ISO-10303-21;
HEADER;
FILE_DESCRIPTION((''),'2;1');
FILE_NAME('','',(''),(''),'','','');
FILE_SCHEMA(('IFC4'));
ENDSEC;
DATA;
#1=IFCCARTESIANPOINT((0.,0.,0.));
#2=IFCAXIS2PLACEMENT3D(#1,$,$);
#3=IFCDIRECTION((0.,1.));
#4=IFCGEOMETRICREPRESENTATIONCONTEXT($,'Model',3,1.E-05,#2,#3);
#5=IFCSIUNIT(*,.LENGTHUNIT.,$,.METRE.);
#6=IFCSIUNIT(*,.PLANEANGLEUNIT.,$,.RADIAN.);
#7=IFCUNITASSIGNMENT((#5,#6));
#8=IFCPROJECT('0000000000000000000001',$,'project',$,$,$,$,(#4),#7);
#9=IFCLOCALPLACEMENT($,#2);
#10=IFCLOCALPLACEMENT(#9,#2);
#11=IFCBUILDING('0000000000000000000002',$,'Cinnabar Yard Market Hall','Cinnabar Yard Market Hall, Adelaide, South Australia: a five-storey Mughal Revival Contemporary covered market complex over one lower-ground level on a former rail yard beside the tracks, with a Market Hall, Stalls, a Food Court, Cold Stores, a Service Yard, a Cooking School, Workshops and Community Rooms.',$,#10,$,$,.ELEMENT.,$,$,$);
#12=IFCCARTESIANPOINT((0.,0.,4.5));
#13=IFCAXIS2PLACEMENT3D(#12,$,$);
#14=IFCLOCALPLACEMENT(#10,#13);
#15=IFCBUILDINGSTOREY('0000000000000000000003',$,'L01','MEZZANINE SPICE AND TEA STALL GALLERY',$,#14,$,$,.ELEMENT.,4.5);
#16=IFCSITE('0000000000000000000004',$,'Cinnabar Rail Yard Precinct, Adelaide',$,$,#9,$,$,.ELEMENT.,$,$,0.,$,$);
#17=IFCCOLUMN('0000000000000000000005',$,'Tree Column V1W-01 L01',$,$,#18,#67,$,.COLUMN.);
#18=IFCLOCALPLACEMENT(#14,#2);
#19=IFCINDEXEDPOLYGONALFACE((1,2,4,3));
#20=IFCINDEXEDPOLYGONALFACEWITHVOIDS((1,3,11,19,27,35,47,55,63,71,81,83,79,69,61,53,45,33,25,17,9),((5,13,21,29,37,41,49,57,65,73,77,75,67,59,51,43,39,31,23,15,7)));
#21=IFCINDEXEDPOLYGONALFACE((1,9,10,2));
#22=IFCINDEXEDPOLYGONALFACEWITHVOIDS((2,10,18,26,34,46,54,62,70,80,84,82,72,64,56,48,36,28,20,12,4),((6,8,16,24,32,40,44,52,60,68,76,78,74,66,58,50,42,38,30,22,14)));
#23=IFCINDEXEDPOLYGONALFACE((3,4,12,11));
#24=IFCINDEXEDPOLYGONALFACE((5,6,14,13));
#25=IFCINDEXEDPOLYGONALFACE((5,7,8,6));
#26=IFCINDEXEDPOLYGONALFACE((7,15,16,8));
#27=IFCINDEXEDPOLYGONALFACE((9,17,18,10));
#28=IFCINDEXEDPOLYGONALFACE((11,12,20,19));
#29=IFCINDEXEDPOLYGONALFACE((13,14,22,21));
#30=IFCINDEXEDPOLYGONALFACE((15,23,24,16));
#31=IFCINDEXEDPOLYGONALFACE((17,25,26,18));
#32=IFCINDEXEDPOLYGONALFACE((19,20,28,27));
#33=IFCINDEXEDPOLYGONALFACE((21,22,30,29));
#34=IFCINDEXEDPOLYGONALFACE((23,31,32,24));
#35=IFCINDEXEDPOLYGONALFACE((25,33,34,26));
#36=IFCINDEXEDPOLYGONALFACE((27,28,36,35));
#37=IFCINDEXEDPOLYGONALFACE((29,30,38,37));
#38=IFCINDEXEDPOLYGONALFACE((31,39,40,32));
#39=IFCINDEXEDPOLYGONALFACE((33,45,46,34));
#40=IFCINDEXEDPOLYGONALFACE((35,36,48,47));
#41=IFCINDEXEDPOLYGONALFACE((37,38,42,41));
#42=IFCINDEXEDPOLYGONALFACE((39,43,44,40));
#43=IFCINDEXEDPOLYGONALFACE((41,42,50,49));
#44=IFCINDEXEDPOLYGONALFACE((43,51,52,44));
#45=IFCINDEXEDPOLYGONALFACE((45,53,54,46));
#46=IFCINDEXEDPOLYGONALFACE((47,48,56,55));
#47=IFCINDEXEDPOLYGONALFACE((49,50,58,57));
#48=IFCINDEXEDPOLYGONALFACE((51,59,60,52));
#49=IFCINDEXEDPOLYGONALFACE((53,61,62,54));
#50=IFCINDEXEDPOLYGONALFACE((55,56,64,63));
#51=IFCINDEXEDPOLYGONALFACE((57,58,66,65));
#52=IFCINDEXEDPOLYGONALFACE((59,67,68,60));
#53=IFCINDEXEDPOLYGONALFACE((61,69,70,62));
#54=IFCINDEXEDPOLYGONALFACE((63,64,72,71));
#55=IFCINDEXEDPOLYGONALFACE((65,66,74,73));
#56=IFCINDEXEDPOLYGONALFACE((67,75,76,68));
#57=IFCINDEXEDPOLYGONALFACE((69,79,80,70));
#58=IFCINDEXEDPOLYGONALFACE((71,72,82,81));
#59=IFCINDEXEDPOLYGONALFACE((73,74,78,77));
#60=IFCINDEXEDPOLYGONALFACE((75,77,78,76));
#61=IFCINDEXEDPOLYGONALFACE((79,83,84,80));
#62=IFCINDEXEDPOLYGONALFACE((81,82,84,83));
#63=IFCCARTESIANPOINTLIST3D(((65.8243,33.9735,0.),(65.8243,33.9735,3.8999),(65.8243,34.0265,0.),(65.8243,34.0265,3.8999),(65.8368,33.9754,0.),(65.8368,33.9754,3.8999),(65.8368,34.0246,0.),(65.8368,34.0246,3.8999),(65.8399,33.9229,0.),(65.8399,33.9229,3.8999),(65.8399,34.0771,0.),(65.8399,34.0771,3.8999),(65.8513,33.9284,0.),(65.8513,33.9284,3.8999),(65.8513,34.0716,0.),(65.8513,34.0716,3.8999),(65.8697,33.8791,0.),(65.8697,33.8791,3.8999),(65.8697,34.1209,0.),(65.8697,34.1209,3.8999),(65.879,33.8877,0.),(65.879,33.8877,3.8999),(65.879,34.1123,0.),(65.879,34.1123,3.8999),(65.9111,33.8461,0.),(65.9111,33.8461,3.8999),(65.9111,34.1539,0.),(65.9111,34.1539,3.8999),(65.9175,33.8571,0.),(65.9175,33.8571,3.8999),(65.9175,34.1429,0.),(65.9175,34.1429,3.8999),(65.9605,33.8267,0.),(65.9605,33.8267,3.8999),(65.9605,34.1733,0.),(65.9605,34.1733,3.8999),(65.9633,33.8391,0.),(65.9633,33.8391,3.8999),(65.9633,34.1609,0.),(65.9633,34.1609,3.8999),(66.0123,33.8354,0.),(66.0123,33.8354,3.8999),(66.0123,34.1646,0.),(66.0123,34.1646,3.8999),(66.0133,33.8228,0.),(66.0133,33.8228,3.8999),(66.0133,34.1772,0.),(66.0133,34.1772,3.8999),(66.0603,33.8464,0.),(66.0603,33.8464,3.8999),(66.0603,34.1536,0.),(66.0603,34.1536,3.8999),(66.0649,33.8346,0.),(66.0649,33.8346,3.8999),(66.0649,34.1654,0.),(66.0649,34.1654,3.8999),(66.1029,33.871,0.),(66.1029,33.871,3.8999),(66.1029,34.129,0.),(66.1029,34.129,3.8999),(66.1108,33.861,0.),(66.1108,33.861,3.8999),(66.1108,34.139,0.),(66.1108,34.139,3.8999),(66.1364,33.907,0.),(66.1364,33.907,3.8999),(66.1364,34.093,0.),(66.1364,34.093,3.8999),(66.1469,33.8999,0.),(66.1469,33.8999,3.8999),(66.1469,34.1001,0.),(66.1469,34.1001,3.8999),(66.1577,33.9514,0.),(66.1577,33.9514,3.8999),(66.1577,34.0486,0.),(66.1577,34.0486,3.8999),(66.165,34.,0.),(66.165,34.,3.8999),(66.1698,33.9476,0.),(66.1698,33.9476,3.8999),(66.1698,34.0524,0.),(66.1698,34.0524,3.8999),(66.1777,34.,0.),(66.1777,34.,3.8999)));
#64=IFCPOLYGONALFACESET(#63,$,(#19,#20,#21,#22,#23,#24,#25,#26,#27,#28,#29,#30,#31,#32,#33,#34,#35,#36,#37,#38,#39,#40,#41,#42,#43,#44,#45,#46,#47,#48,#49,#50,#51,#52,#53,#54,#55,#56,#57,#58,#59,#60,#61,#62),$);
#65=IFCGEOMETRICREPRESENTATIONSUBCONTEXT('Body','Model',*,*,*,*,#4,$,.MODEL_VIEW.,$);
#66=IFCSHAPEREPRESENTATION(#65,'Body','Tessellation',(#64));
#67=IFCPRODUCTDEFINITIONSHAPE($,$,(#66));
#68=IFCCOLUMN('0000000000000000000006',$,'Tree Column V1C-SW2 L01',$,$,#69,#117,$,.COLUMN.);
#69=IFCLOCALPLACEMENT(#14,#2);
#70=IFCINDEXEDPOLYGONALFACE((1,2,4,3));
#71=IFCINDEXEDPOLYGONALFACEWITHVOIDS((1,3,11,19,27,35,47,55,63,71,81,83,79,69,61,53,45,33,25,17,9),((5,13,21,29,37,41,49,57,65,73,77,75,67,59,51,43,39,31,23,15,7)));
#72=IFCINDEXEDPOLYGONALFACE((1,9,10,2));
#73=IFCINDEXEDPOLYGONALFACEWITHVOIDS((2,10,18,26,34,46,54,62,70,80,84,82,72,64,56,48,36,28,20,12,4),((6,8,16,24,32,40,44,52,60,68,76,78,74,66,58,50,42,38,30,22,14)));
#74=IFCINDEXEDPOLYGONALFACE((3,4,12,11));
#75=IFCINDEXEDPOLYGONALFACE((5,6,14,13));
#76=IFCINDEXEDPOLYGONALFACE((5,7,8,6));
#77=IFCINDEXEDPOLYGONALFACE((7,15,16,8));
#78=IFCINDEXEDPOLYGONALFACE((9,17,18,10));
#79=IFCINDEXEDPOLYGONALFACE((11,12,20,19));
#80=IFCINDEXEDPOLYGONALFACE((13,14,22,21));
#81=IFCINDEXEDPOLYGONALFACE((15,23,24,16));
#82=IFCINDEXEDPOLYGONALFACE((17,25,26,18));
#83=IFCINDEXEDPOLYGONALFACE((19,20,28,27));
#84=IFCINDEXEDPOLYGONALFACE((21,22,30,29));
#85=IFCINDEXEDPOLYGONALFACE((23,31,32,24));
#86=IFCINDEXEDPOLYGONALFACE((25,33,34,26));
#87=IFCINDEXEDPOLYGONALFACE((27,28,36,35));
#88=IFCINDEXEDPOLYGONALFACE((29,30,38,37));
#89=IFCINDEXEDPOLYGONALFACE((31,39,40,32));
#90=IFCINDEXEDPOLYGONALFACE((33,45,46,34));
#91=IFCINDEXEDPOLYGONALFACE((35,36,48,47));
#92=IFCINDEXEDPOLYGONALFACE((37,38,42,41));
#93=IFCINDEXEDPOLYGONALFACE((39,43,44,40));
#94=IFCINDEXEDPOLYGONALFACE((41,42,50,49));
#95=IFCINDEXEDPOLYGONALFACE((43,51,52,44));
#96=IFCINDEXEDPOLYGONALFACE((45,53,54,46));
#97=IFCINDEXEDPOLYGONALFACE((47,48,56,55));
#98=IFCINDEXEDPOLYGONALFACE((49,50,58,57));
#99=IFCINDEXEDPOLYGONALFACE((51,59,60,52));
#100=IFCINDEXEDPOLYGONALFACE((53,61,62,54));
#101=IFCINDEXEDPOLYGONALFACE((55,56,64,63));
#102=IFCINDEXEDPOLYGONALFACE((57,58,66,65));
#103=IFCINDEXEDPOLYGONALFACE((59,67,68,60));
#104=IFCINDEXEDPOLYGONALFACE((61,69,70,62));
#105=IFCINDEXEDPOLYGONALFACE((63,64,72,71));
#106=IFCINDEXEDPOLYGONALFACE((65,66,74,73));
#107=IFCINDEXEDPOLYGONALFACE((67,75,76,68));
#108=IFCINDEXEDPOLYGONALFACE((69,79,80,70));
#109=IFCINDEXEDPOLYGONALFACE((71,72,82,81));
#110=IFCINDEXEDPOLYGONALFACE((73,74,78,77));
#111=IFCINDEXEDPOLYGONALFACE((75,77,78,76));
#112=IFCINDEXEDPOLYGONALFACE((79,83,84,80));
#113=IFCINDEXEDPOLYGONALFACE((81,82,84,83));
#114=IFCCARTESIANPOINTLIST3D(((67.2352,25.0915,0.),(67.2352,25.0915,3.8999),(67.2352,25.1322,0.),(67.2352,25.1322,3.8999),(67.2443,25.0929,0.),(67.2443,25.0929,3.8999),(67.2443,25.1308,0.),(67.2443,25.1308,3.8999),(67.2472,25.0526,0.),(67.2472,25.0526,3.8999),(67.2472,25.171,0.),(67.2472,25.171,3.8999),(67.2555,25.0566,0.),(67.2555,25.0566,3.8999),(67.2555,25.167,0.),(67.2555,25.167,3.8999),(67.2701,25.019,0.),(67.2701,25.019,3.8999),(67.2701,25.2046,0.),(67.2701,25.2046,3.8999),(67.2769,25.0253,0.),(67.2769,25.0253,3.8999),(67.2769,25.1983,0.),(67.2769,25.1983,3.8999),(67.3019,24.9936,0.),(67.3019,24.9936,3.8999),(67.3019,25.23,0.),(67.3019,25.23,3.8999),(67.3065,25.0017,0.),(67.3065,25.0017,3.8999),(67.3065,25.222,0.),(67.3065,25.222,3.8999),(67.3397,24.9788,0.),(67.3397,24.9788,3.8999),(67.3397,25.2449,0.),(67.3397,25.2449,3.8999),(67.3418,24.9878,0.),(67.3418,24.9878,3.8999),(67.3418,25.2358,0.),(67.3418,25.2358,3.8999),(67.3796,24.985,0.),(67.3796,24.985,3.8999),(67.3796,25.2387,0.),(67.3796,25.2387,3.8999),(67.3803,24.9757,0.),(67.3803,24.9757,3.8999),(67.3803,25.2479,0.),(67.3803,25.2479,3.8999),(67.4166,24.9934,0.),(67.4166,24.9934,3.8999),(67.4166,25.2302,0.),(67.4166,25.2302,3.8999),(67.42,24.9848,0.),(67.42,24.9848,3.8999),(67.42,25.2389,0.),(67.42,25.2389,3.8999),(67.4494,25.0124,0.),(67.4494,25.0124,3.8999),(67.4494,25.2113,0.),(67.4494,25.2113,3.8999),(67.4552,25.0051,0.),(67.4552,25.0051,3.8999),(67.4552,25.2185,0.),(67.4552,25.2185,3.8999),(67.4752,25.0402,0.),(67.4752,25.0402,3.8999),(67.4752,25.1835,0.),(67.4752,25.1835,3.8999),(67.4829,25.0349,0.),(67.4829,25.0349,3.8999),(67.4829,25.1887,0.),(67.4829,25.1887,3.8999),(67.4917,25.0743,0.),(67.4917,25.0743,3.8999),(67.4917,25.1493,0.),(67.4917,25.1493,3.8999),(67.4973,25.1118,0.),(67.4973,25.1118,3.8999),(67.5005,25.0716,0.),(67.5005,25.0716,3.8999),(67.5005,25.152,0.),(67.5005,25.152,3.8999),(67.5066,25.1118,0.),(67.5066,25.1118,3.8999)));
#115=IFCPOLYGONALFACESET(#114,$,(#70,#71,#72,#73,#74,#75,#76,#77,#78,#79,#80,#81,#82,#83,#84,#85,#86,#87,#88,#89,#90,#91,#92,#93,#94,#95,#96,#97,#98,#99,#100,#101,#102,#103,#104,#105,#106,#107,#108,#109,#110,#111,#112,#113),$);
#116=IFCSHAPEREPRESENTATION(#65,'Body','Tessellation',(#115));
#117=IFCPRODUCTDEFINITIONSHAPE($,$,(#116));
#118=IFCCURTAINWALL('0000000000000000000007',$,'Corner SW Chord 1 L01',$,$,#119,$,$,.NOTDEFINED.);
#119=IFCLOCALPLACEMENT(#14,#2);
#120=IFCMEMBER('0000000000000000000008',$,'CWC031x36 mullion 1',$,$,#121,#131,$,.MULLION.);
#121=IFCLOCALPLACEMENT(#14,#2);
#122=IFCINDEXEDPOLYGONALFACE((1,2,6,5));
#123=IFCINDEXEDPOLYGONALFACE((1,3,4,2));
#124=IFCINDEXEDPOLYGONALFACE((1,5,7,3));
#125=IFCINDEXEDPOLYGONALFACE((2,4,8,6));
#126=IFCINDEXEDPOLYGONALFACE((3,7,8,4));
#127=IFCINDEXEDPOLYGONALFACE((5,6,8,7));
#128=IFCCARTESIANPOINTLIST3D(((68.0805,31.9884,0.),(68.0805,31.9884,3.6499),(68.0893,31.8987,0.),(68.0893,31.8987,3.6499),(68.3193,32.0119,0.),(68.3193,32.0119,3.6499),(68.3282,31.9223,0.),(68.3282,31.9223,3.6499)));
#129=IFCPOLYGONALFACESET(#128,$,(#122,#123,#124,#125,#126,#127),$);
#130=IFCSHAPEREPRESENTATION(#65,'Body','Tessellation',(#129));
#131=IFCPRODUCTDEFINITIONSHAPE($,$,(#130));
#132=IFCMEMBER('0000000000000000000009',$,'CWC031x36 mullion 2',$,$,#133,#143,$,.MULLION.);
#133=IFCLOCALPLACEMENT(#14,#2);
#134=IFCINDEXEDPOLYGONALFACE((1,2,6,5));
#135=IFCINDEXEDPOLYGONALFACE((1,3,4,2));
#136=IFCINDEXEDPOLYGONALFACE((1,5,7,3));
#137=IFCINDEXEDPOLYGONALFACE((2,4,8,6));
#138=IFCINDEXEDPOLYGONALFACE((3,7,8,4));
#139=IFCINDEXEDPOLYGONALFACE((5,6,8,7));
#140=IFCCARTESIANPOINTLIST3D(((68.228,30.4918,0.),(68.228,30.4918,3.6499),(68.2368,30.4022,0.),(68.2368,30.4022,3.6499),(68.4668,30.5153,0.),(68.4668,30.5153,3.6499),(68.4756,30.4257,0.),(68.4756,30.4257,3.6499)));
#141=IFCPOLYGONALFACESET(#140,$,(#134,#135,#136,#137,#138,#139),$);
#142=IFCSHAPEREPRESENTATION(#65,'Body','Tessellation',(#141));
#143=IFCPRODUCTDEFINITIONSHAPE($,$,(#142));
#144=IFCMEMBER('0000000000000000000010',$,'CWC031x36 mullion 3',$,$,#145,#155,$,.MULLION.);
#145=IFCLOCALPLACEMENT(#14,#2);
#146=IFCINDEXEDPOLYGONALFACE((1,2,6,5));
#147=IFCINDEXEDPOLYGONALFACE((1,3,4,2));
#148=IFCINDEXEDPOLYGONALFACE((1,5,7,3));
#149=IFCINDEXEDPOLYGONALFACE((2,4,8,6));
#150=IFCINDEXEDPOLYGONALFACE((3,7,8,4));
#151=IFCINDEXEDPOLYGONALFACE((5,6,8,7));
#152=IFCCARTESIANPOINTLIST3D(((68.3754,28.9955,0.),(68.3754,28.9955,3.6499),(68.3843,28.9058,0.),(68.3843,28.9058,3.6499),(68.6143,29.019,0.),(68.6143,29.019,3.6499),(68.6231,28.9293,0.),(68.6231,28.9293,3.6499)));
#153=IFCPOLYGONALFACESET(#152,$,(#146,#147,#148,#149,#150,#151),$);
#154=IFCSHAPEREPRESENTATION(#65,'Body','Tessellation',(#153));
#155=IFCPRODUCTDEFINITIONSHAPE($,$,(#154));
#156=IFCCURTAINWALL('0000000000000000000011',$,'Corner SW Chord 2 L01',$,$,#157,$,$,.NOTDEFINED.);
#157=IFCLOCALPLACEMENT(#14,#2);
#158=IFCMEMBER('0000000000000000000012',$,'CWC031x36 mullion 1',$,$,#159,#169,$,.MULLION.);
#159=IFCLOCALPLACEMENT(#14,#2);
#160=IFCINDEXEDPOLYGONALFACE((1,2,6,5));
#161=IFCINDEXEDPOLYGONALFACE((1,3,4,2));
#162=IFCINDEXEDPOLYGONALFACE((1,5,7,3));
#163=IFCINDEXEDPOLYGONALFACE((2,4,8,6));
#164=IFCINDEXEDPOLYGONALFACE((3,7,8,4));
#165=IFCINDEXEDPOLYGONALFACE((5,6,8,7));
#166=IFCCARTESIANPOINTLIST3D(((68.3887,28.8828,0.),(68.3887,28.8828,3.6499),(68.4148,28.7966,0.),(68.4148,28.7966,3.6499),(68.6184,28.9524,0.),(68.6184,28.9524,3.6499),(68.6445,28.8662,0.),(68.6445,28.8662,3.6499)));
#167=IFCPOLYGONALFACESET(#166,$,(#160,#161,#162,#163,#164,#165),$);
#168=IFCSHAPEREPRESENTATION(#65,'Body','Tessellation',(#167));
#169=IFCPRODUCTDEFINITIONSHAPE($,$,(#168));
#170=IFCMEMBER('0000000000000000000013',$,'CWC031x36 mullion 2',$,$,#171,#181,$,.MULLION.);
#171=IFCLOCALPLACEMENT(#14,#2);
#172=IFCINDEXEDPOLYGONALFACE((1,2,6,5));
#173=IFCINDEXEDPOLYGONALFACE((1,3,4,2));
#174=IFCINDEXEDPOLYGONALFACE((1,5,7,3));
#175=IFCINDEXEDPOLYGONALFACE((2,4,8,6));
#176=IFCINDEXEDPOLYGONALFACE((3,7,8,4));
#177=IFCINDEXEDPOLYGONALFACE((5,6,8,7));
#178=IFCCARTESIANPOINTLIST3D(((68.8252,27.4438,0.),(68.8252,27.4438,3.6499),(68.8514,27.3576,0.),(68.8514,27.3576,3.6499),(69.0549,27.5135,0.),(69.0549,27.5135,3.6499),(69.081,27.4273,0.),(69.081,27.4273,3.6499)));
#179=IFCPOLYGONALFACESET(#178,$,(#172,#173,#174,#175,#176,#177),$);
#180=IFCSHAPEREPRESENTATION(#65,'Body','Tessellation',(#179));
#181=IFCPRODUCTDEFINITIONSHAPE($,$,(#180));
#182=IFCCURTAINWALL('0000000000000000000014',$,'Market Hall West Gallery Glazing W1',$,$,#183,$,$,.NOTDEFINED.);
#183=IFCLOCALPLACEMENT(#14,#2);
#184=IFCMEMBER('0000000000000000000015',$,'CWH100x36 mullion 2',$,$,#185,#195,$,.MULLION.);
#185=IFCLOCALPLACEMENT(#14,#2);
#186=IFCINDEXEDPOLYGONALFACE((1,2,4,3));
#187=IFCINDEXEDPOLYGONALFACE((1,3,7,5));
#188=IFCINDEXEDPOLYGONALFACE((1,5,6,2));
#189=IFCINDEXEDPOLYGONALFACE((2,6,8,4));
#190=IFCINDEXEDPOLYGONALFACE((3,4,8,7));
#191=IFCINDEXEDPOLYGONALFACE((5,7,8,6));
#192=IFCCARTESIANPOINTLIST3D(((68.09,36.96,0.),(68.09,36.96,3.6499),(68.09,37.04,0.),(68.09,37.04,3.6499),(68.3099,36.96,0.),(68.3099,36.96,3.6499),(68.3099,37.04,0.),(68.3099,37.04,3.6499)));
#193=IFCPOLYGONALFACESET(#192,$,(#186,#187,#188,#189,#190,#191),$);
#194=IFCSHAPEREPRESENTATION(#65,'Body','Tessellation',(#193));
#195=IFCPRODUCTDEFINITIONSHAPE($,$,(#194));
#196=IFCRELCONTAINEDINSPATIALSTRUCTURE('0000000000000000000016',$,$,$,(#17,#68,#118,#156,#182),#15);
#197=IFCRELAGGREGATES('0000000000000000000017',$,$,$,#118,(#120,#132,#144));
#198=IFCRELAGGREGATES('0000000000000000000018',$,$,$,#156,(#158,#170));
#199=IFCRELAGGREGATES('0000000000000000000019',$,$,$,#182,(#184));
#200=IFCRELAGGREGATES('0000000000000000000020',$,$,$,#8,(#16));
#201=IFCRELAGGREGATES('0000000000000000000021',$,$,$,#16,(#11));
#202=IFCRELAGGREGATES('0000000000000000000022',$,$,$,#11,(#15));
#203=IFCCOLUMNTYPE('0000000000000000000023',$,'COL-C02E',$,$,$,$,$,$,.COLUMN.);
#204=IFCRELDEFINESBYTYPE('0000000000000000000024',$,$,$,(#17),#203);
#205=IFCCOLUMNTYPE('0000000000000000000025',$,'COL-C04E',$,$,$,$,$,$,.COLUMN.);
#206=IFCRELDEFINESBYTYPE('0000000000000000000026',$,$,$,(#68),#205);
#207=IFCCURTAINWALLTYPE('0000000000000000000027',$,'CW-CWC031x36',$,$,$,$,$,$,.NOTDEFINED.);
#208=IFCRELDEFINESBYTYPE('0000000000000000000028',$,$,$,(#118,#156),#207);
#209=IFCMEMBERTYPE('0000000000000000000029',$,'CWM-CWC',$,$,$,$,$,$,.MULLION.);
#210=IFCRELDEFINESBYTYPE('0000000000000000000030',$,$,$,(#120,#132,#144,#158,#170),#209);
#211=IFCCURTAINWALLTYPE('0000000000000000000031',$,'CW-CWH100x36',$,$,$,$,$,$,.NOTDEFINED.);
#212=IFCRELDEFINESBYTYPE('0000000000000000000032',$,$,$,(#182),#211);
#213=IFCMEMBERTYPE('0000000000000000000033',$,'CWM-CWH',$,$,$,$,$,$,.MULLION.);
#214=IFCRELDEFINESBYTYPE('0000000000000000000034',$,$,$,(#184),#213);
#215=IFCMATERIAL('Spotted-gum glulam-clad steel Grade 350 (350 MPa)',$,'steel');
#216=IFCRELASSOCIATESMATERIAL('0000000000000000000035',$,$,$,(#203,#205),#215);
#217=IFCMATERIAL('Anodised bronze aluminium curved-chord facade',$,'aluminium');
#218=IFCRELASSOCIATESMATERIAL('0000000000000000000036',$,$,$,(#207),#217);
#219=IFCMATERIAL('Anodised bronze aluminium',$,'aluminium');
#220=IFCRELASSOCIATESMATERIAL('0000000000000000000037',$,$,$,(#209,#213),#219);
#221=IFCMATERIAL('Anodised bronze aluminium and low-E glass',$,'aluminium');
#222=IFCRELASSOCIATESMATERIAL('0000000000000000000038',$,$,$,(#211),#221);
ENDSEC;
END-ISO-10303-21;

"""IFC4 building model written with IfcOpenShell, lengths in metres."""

from ifc_helpers import new_model, si_unit, direction, frame, origin, origin_2d_with_axis, place, context, subcontext, project, spatial, rectangle, hollow_circle, extrude, material, material_profile, profile_set, type_object, element, aggregate, save


model = new_model("IFC4")

# Units and contexts
model_context = context("Model", 3, precision=1e-05, world=origin(), true_north=direction((0.0, 1.0)))
body_context = subcontext(model_context, "Body", "Model", "MODEL_VIEW")
ifc_project = project(units=[si_unit("LENGTHUNIT", "METRE"), si_unit("PLANEANGLEUNIT", "RADIAN")], contexts=[model_context])

# Site, building, storey
site_placement = place(None, origin())
site = spatial("IfcSite", under=ifc_project, at=site_placement, Name="Cinnabar Rail Yard Precinct, Adelaide", CompositionType="ELEMENT", RefElevation=0.0)
building_placement = place(site_placement, origin())
building = spatial("IfcBuilding", under=site, at=building_placement, Name="Cinnabar Yard Market Hall", Description="Cinnabar Yard Market Hall, Adelaide, South Australia: a five-storey Mughal Revival Contemporary covered market complex over one lower-ground level on a former rail yard beside the tracks, with a Market Hall, Stalls, a Food Court, Cold Stores, a Service Yard, a Cooking School, Workshops and Community Rooms.", CompositionType="ELEMENT")
storey_placement = place(building_placement, frame((0.0, 0.0, 4.5)))
storey = spatial("IfcBuildingStorey", under=building, at=storey_placement, Name="L01", Description="MEZZANINE SPICE AND TEA STALL GALLERY", CompositionType="ELEMENT", Elevation=4.5)

# Columns
ifc_material_1 = material(Name="Spotted-gum glulam-clad steel Grade 350 (350 MPa)", Category="steel")
ifc_material_profile_1 = material_profile(ifc_material_1, hollow_circle(Radius=0.1777, WallThickness=0.0127, at=origin_2d_with_axis()), Name="355.6x12.7CHS")
ifc_profile_set_1 = profile_set([ifc_material_profile_1], Name="Spotted-gum glulam-clad steel Grade 350 (350 MPa)")
column_type_1 = type_object("IfcColumnType", Name="COL-C02E", PredefinedType="COLUMN", material=ifc_profile_set_1)
column_1_placement = place(storey_placement, frame((66.0, 34.0, 0.0), z_axis=(0.0, 0.0, 1.0), x_axis=(1.0, 0.0, 0.0)))
element("IfcColumn", 1, at=column_1_placement, inside=storey, type_object=column_type_1, Name="Tree Column V1W-01 L01", PredefinedType="COLUMN", context=body_context, shape_type="SweptSolid", body=[
    extrude(hollow_circle(Radius=0.1777, WallThickness=0.0127, at=origin_2d_with_axis()), origin(), (0.0, 0.0, 1.0), 3.8999),
])
ifc_material_profile_2 = material_profile(ifc_material_1, hollow_circle(Radius=0.1365, WallThickness=0.0093, at=origin_2d_with_axis()), Name="273.1x9.3CHS")
ifc_profile_set_2 = profile_set([ifc_material_profile_2], Name="Spotted-gum glulam-clad steel Grade 350 (350 MPa)")
column_type_2 = type_object("IfcColumnType", Name="COL-C04E", PredefinedType="COLUMN", material=ifc_profile_set_2)
column_2_placement = place(storey_placement, frame((67.3701, 25.1118, 0.0), z_axis=(0.0, 0.0, 1.0), x_axis=(1.0, 0.0, 0.0)))
element("IfcColumn", 2, at=column_2_placement, inside=storey, type_object=column_type_2, Name="Tree Column V1C-SW2 L01", PredefinedType="COLUMN", context=body_context, shape_type="SweptSolid", body=[
    extrude(hollow_circle(Radius=0.1365, WallThickness=0.0093, at=origin_2d_with_axis()), origin(), (0.0, 0.0, 1.0), 3.8999),
])

# Curtain walls, members
ifc_material_2 = material(Name="Anodised bronze aluminium curved-chord facade", Category="aluminium")
curtain_wall_type_1 = type_object("IfcCurtainWallType", Name="CW-CWC031x36", PredefinedType="NOTDEFINED", material=ifc_material_2)
curtain_wall_1_placement = place(storey_placement, origin())
curtain_wall_1 = element("IfcCurtainWall", 3, at=curtain_wall_1_placement, inside=storey, type_object=curtain_wall_type_1, Name="Corner SW Chord 1 L01", PredefinedType="NOTDEFINED")
ifc_material_3 = material(Name="Anodised bronze aluminium", Category="aluminium")
ifc_material_profile_3 = material_profile(ifc_material_3, rectangle(XDim=0.24, YDim=0.0901, at=origin_2d_with_axis()), Name="MUL-CWC")
ifc_profile_set_3 = profile_set([ifc_material_profile_3], Name="Anodised bronze aluminium")
member_type_1 = type_object("IfcMemberType", Name="CWM-CWC", PredefinedType="MULLION", material=ifc_profile_set_3)
member_1_placement = place(storey_placement, frame((68.2043, 31.9553, 0.0), z_axis=(0.0, 0.0, 1.0), x_axis=(0.995184, 0.09802, 0.0)))
member_1 = element("IfcMember", 4, at=member_1_placement, type_object=member_type_1, Name="CWC031x36 mullion 1", PredefinedType="MULLION", context=body_context, shape_type="SweptSolid", body=[
    extrude(rectangle(XDim=0.24, YDim=0.0901, at=origin_2d_with_axis()), origin(), (0.0, 0.0, 1.0), 3.6499),
])
member_2_placement = place(storey_placement, frame((68.3518, 30.4587, 0.0), z_axis=(0.0, 0.0, 1.0), x_axis=(0.995184, 0.09802, 0.0)))
member_2 = element("IfcMember", 5, at=member_2_placement, type_object=member_type_1, Name="CWC031x36 mullion 2", PredefinedType="MULLION", context=body_context, shape_type="SweptSolid", body=[
    extrude(rectangle(XDim=0.24, YDim=0.0901, at=origin_2d_with_axis()), origin(), (0.0, 0.0, 1.0), 3.6499),
])
member_3_placement = place(storey_placement, frame((68.4993, 28.9624, 0.0), z_axis=(0.0, 0.0, 1.0), x_axis=(0.995184, 0.09802, 0.0)))
member_3 = element("IfcMember", 6, at=member_3_placement, type_object=member_type_1, Name="CWC031x36 mullion 3", PredefinedType="MULLION", context=body_context, shape_type="SweptSolid", body=[
    extrude(rectangle(XDim=0.24, YDim=0.0901, at=origin_2d_with_axis()), origin(), (0.0, 0.0, 1.0), 3.6499),
])
curtain_wall_2_placement = place(storey_placement, origin())
curtain_wall_2 = element("IfcCurtainWall", 7, at=curtain_wall_2_placement, inside=storey, type_object=curtain_wall_type_1, Name="Corner SW Chord 2 L01", PredefinedType="NOTDEFINED")
member_4_placement = place(storey_placement, frame((68.5166, 28.8745, 0.0), z_axis=(0.0, 0.0, 1.0), x_axis=(0.956942, 0.290279, 0.0)))
member_4 = element("IfcMember", 8, at=member_4_placement, type_object=member_type_1, Name="CWC031x36 mullion 1", PredefinedType="MULLION", context=body_context, shape_type="SweptSolid", body=[
    extrude(rectangle(XDim=0.24, YDim=0.0901, at=origin_2d_with_axis()), origin(), (0.0, 0.0, 1.0), 3.6499),
])
member_5_placement = place(storey_placement, frame((68.9531, 27.4355, 0.0), z_axis=(0.0, 0.0, 1.0), x_axis=(0.956942, 0.290279, 0.0)))
member_5 = element("IfcMember", 9, at=member_5_placement, type_object=member_type_1, Name="CWC031x36 mullion 2", PredefinedType="MULLION", context=body_context, shape_type="SweptSolid", body=[
    extrude(rectangle(XDim=0.24, YDim=0.0901, at=origin_2d_with_axis()), origin(), (0.0, 0.0, 1.0), 3.6499),
])
ifc_material_4 = material(Name="Anodised bronze aluminium and low-E glass", Category="aluminium")
curtain_wall_type_2 = type_object("IfcCurtainWallType", Name="CW-CWH100x36", PredefinedType="NOTDEFINED", material=ifc_material_4)
curtain_wall_3_placement = place(storey_placement, origin())
curtain_wall_3 = element("IfcCurtainWall", 10, at=curtain_wall_3_placement, inside=storey, type_object=curtain_wall_type_2, Name="Market Hall West Gallery Glazing W1", PredefinedType="NOTDEFINED")
ifc_material_profile_4 = material_profile(ifc_material_3, rectangle(XDim=0.22, YDim=0.0801, at=origin_2d_with_axis()), Name="MUL-CWH")
ifc_profile_set_4 = profile_set([ifc_material_profile_4], Name="Anodised bronze aluminium")
member_type_2 = type_object("IfcMemberType", Name="CWM-CWH", PredefinedType="MULLION", material=ifc_profile_set_4)
member_6_placement = place(storey_placement, frame((68.2, 37.0, 0.0), z_axis=(0.0, 0.0, 1.0), x_axis=(1.0, 0.0, 0.0)))
member_6 = element("IfcMember", 11, at=member_6_placement, type_object=member_type_2, Name="CWH100x36 mullion 2", PredefinedType="MULLION", context=body_context, shape_type="SweptSolid", body=[
    extrude(rectangle(XDim=0.22, YDim=0.0801, at=origin_2d_with_axis()), origin(), (0.0, 0.0, 1.0), 3.6499),
])

aggregate(curtain_wall_1, [member_1, member_2, member_3])
aggregate(curtain_wall_2, [member_4, member_5])
aggregate(curtain_wall_3, [member_6])

save(model, "model.ifc")
